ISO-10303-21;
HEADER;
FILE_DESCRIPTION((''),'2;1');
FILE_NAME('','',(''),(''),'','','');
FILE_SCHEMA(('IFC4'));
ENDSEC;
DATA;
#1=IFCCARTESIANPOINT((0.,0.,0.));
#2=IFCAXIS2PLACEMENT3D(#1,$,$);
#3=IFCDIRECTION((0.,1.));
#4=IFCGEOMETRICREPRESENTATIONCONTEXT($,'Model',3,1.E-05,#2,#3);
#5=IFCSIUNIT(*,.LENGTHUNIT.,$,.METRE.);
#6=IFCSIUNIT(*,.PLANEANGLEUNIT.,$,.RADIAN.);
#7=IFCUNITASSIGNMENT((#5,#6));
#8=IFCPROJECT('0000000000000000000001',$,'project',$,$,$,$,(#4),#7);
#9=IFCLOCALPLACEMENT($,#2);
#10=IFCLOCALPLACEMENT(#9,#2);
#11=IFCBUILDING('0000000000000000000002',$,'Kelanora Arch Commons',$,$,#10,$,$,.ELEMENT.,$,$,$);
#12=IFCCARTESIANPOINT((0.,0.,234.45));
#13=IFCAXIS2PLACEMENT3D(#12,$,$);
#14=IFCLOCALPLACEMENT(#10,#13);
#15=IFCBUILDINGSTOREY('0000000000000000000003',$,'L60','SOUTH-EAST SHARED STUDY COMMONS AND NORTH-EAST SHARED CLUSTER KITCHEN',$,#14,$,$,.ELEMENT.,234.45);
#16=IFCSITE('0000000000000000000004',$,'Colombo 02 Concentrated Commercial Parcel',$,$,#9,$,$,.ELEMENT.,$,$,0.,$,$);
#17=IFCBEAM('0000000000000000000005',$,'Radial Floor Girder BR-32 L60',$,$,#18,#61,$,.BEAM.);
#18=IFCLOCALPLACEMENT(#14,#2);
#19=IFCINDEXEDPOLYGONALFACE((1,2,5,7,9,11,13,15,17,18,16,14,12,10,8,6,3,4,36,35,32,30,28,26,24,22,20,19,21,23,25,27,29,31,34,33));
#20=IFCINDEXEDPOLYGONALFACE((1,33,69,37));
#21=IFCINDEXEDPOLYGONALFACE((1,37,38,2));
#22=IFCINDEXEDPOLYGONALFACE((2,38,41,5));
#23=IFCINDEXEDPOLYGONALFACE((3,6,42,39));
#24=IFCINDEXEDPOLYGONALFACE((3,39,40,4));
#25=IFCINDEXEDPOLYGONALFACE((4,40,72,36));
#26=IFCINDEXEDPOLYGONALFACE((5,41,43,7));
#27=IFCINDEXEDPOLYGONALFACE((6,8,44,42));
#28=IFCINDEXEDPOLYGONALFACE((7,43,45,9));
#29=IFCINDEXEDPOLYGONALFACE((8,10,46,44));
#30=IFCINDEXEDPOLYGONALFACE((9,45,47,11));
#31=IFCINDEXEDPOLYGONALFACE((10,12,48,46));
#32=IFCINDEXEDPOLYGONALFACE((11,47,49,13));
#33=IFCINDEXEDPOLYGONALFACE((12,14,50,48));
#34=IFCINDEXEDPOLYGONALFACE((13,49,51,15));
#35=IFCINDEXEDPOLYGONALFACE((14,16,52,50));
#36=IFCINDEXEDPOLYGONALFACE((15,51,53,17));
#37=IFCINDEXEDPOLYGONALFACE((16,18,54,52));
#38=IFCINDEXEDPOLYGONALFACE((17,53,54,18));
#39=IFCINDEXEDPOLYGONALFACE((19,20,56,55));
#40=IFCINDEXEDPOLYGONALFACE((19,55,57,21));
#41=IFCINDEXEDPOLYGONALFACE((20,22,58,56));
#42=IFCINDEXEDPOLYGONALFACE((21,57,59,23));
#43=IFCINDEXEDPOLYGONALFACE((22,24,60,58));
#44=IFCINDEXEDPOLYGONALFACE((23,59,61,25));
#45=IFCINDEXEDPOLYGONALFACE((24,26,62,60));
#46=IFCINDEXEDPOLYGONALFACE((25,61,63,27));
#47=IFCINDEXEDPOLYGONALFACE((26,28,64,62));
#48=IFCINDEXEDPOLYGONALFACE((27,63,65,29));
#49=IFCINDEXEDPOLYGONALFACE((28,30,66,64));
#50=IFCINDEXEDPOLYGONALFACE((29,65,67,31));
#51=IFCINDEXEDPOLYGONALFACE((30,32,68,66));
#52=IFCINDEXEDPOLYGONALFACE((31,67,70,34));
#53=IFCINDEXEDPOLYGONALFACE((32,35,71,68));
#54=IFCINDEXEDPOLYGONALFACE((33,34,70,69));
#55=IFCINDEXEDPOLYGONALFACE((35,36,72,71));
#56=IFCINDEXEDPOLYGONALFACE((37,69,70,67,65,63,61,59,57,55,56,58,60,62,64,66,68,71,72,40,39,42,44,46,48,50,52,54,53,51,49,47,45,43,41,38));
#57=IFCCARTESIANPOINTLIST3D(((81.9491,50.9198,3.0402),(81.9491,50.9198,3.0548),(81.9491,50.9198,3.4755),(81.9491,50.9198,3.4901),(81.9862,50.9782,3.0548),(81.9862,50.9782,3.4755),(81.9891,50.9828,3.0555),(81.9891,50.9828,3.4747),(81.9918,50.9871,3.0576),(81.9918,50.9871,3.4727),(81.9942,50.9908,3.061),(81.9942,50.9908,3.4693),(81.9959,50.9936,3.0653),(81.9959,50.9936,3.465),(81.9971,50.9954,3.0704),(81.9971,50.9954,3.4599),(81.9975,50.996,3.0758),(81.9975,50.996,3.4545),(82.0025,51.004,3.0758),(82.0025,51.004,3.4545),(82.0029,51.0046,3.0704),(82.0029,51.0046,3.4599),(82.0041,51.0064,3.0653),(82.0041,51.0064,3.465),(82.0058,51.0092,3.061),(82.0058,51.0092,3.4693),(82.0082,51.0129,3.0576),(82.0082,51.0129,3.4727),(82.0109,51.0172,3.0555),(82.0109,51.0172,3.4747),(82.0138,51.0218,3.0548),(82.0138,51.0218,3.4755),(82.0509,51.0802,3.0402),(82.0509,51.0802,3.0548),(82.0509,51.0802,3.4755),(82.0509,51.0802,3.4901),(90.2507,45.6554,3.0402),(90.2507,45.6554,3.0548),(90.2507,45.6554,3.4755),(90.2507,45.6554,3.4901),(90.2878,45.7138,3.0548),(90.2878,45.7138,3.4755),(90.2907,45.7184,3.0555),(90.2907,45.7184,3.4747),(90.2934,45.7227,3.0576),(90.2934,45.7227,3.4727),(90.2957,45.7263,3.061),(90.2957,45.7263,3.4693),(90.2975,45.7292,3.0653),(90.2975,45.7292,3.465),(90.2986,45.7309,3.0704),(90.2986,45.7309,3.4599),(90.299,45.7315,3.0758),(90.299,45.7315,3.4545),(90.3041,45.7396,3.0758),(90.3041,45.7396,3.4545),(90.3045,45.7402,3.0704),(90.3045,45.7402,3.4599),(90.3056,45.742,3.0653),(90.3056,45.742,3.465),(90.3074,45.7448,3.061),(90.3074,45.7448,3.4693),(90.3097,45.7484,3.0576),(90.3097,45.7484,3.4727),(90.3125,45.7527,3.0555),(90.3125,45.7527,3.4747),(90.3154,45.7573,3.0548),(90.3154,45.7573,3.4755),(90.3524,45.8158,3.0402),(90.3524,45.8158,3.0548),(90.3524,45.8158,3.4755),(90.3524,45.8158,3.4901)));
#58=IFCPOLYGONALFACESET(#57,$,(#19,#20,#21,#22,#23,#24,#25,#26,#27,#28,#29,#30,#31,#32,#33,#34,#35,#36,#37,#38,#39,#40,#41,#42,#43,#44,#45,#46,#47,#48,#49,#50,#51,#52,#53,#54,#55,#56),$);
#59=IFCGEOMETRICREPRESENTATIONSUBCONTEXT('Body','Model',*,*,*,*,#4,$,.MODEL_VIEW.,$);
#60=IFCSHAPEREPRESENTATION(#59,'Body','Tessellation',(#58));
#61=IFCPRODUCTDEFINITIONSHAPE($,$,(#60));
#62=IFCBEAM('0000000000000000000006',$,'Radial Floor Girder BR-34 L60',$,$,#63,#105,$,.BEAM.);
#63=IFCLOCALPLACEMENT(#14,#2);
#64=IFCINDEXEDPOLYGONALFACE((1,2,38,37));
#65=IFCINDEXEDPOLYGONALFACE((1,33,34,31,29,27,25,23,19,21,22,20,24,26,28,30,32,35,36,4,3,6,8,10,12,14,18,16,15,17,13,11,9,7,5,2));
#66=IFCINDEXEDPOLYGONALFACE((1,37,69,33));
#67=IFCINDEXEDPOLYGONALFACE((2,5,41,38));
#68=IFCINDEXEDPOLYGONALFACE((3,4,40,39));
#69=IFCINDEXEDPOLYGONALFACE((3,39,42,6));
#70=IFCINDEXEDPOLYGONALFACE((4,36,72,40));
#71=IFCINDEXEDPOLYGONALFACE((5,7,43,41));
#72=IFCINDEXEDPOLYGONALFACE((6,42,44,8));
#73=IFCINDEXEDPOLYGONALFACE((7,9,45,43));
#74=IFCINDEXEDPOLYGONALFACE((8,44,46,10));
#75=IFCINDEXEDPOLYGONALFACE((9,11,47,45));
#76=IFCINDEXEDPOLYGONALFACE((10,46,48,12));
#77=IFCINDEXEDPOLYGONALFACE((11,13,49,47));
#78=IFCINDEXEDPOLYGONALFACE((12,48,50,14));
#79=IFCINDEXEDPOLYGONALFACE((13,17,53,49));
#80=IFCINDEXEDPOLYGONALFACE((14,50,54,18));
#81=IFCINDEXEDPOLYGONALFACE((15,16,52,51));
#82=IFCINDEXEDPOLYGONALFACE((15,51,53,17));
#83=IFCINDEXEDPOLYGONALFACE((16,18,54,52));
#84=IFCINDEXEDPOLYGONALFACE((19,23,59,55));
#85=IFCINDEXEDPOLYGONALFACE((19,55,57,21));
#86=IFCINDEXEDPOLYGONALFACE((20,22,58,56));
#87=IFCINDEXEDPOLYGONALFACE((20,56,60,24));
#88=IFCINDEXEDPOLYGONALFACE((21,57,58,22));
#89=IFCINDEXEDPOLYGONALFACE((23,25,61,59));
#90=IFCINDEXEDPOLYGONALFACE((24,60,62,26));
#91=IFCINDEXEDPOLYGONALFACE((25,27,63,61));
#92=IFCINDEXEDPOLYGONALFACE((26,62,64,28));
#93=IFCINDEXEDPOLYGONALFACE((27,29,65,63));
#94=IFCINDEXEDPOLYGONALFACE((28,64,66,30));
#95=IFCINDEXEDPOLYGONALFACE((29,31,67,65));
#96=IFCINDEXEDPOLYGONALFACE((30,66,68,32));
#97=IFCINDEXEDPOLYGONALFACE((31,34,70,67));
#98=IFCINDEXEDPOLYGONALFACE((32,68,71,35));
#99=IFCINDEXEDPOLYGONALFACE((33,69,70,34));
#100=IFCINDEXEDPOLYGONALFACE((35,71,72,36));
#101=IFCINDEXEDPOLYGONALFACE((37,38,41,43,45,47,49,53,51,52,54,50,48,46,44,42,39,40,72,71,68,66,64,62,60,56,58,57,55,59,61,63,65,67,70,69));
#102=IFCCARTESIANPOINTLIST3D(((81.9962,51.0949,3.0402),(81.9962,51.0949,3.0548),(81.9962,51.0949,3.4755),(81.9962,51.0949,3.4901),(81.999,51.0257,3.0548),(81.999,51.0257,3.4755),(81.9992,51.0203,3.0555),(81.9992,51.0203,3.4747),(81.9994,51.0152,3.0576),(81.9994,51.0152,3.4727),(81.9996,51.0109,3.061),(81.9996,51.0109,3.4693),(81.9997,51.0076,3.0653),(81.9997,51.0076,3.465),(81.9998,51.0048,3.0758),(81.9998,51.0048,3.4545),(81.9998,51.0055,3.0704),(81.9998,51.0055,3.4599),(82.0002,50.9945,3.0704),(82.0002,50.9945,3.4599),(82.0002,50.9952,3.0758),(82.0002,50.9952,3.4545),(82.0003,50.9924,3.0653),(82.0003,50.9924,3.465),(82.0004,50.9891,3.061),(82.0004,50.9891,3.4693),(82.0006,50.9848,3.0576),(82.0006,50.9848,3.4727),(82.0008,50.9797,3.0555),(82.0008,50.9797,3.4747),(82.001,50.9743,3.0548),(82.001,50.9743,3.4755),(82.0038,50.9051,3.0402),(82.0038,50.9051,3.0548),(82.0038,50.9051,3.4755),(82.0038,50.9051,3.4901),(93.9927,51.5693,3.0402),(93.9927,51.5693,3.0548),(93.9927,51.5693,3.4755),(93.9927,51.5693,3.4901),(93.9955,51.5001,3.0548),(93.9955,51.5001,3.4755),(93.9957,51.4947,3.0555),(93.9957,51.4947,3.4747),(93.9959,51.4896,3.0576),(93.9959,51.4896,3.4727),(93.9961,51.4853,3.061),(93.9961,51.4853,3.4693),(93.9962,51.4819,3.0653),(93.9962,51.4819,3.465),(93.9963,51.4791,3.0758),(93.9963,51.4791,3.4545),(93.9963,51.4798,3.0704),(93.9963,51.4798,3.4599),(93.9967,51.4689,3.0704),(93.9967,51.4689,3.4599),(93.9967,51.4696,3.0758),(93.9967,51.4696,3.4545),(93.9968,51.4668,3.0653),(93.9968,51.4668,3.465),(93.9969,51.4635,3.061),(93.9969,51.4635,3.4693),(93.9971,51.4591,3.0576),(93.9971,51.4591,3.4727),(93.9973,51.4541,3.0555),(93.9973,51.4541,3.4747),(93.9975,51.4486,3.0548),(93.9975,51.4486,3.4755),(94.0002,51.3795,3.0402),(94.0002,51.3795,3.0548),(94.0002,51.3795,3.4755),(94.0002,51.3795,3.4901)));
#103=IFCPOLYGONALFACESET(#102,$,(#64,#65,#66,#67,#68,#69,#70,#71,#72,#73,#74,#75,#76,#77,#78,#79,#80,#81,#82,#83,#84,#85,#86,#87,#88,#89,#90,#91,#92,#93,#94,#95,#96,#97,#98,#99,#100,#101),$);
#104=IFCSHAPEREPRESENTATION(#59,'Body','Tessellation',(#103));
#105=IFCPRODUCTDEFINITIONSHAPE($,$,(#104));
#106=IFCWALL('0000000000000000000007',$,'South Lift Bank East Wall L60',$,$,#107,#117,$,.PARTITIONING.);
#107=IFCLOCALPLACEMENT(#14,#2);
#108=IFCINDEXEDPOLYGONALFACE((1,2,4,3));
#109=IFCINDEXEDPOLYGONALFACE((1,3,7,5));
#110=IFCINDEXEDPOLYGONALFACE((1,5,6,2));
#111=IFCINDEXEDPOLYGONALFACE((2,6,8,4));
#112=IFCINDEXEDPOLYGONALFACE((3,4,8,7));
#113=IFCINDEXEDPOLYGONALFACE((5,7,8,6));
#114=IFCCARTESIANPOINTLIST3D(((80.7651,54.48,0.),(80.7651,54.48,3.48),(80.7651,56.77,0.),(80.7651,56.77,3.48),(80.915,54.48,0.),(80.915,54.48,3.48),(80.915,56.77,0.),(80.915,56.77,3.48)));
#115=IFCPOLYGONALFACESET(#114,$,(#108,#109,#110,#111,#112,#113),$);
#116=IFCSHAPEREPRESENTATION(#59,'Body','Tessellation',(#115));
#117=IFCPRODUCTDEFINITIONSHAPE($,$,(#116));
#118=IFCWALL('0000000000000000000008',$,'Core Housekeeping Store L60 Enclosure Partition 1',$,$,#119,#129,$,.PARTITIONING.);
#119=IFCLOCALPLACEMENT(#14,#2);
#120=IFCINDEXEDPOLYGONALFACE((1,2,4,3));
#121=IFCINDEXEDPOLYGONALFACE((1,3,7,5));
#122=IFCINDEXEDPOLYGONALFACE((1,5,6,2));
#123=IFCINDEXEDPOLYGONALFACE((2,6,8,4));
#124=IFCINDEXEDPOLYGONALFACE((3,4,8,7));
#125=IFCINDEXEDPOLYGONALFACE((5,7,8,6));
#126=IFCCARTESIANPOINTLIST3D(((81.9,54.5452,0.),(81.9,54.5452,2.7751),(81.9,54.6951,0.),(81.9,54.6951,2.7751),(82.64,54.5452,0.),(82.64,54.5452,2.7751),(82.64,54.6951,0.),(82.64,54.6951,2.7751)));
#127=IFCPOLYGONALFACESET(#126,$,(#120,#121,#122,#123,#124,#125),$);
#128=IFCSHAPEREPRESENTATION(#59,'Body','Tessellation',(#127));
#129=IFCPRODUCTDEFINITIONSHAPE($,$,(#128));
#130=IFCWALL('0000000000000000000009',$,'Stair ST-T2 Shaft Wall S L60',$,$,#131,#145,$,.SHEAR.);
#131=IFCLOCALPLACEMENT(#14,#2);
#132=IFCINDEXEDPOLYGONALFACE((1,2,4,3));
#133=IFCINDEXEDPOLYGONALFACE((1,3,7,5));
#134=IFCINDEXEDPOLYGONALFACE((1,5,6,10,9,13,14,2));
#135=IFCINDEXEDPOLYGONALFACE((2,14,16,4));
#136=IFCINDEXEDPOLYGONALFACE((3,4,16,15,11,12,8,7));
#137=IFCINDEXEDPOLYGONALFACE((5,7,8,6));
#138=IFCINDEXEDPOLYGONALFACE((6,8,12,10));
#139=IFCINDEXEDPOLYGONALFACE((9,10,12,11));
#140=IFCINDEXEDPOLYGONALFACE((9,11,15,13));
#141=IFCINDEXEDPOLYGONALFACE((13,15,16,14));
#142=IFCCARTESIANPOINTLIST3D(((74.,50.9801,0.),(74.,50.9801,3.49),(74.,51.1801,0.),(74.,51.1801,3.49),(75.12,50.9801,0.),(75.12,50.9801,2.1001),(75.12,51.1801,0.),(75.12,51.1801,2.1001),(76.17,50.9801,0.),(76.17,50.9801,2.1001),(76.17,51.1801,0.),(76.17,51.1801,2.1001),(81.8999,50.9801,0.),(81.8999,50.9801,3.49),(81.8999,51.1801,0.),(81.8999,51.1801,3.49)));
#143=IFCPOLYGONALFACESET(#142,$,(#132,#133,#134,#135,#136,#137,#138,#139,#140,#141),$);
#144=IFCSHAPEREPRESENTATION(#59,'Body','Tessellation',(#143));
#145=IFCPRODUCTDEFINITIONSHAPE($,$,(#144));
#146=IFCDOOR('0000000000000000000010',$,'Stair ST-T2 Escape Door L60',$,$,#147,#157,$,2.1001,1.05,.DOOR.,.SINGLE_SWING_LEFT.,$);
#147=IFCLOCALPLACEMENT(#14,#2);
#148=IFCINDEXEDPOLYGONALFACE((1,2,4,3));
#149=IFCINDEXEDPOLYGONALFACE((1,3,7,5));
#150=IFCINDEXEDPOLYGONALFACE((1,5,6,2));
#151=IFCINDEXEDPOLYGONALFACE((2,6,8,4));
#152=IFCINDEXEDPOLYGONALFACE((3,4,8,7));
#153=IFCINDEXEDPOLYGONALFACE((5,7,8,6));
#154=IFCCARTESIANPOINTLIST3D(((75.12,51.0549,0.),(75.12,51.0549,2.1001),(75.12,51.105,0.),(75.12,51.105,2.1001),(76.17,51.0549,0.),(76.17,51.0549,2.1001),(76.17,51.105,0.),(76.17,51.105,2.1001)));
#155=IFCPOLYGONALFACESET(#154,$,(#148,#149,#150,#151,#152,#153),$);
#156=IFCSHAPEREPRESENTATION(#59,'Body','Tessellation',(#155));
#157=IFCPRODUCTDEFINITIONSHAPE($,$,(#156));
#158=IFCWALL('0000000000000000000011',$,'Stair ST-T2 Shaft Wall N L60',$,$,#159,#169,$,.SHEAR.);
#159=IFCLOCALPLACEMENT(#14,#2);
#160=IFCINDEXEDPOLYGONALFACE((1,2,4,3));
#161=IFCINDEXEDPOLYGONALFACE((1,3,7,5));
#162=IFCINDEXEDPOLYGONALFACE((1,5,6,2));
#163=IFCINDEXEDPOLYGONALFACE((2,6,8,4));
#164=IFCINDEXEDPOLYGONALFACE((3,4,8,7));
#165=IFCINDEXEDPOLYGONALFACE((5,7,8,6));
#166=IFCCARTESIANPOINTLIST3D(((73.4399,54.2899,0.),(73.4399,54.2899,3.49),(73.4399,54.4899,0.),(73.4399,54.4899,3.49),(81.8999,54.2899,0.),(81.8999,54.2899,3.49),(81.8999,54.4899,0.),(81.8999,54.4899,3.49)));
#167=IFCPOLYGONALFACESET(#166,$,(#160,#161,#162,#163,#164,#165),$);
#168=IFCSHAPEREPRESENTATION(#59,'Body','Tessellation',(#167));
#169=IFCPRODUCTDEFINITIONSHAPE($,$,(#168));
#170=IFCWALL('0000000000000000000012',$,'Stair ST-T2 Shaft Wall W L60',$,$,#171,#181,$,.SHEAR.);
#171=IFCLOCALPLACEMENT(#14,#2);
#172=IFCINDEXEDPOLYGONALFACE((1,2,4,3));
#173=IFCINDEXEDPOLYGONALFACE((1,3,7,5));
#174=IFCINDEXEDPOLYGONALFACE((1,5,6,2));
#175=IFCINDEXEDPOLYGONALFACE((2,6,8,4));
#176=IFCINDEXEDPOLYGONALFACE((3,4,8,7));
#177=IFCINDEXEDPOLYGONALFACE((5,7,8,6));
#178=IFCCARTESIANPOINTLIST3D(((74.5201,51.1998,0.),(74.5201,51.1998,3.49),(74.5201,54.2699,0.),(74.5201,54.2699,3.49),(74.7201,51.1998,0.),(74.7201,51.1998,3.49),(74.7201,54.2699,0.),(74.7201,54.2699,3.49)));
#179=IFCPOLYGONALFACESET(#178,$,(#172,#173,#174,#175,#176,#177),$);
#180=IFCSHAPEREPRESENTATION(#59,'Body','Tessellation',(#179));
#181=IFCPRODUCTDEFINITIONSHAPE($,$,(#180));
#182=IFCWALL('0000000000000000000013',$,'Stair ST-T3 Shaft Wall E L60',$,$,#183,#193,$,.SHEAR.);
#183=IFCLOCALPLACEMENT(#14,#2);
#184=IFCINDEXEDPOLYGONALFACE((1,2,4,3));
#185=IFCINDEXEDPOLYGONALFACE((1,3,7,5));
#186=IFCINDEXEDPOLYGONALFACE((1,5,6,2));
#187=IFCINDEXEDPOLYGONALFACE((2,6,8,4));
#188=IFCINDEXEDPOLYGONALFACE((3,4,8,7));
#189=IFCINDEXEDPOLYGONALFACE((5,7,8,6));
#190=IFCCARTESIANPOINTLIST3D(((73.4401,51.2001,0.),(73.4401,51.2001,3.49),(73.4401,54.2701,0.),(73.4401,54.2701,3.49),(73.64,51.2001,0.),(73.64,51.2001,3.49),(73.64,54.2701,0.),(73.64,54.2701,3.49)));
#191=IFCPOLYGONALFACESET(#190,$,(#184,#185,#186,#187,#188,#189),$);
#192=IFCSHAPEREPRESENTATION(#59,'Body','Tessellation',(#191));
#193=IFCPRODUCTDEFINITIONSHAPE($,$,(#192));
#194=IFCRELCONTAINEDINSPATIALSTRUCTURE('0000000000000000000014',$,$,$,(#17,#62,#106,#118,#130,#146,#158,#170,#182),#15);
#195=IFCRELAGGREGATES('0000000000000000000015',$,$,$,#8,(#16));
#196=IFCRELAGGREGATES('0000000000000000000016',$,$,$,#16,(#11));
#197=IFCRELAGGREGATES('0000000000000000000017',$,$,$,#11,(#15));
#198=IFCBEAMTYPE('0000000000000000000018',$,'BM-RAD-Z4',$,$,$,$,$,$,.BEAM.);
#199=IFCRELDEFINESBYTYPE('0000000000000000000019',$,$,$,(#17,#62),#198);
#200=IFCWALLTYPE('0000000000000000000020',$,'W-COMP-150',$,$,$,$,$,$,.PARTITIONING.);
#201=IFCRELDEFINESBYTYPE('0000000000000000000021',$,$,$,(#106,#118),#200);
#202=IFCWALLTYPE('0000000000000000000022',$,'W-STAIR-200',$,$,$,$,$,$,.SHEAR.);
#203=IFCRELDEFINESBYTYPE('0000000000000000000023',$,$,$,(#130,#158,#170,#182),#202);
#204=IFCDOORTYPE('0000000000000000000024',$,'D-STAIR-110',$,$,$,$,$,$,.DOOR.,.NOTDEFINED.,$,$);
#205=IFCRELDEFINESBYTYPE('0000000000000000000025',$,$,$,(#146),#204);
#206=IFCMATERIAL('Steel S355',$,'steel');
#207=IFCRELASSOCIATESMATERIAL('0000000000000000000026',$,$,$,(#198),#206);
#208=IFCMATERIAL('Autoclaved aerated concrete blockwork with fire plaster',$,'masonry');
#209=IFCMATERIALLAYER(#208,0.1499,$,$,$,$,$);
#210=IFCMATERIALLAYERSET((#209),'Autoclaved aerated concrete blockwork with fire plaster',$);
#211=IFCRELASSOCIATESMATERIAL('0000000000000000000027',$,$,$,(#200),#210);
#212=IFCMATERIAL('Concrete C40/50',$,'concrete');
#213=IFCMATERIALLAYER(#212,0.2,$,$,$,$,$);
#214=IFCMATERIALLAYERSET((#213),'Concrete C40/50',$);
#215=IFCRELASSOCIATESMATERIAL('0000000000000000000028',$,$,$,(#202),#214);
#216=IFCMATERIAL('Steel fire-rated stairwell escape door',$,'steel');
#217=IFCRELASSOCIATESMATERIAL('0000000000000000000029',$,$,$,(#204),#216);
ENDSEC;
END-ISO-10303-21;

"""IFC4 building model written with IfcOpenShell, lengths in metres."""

from ifc_helpers import new_model, si_unit, direction, frame, frame_2d, origin, origin_2d, place, context, subcontext, project, spatial, rectangle, i_section, extrude, material, layer, layer_set, material_profile, profile_set, type_object, element, fill, save


model = new_model("IFC4")

# Units and contexts
model_context = context("Model", 3, precision=1e-05, world=origin(), true_north=direction((0.0, 1.0)))
body_context = subcontext(model_context, "Body", "Model", "MODEL_VIEW")
ifc_project = project(units=[si_unit("LENGTHUNIT", "METRE"), si_unit("PLANEANGLEUNIT", "RADIAN")], contexts=[model_context])

# Site, building, storey
site_placement = place(None, origin())
site = spatial("IfcSite", under=ifc_project, at=site_placement, Name="Colombo 02 Concentrated Commercial Parcel", CompositionType="ELEMENT", RefElevation=0.0)
building_placement = place(site_placement, origin())
building = spatial("IfcBuilding", under=site, at=building_placement, Name="Kelanora Arch Commons", CompositionType="ELEMENT")
storey_placement = place(building_placement, frame((0.0, 0.0, 234.45)))
storey = spatial("IfcBuildingStorey", under=building, at=storey_placement, Name="L60", Description="SOUTH-EAST SHARED STUDY COMMONS AND NORTH-EAST SHARED CLUSTER KITCHEN", CompositionType="ELEMENT", Elevation=234.45)

# Beams
ifc_material_1 = material(Name="Steel S355", Category="steel")
ifc_material_profile_1 = material_profile(ifc_material_1, i_section(OverallWidth=0.1899, OverallDepth=0.45, WebThickness=0.0095, FlangeThickness=0.0146, FilletRadius=0.021, at=origin_2d()), Name="IPE450")
ifc_profile_set_1 = profile_set([ifc_material_profile_1], Name="Steel S355")
beam_type_1 = type_object("IfcBeamType", Name="BM-RAD-Z4", PredefinedType="BEAM", material=ifc_profile_set_1)
beam_1_placement = place(storey_placement, frame((82.0, 51.0, 3.2651), z_axis=(0.844507, -0.535544, 0.0), x_axis=(0.535544, 0.844507, 0.0)))
element("IfcBeam", 1, at=beam_1_placement, inside=storey, type_object=beam_type_1, Name="Radial Floor Girder BR-32 L60", PredefinedType="BEAM", context=body_context, shape_type="SweptSolid", body=[
    extrude(i_section(OverallWidth=0.1899, OverallDepth=0.45, WebThickness=0.0095, FlangeThickness=0.0146, FilletRadius=0.021, at=origin_2d()), origin(), (0.0, 0.0, 1.0), 9.8301),
])
beam_2_placement = place(storey_placement, frame((82.0, 51.0, 3.2651), z_axis=(0.999219, 0.039511, 0.0), x_axis=(-0.039511, 0.999219, 0.0)))
element("IfcBeam", 2, at=beam_2_placement, inside=storey, type_object=beam_type_1, Name="Radial Floor Girder BR-34 L60", PredefinedType="BEAM", context=body_context, shape_type="SweptSolid", body=[
    extrude(i_section(OverallWidth=0.1899, OverallDepth=0.45, WebThickness=0.0095, FlangeThickness=0.0146, FilletRadius=0.021, at=origin_2d()), origin(), (0.0, 0.0, 1.0), 12.0059),
])

# Walls
ifc_material_2 = material(Name="Autoclaved aerated concrete blockwork with fire plaster", Category="masonry")
ifc_layer_1 = layer(ifc_material_2, 0.1499)
ifc_layer_set_1 = layer_set([ifc_layer_1], Name="Autoclaved aerated concrete blockwork with fire plaster")
wall_type_1 = type_object("IfcWallType", Name="W-COMP-150", PredefinedType="PARTITIONING", material=ifc_layer_set_1)
wall_1_placement = place(storey_placement, frame((80.8401, 54.48, 0.0), z_axis=(0.0, 0.0, 1.0), x_axis=(0.0, 1.0, 0.0)))
element("IfcWall", 3, at=wall_1_placement, inside=storey, type_object=wall_type_1, Name="South Lift Bank East Wall L60", PredefinedType="PARTITIONING", context=body_context, shape_type="SweptSolid", body=[
    extrude(rectangle(XDim=2.29, YDim=0.1499, at=frame_2d((1.145, 0.0))), origin(), (0.0, 0.0, 1.0), 3.48),
])
wall_2_placement = place(storey_placement, frame((81.8999, 54.6201, 0.0), z_axis=(0.0, 0.0, 1.0), x_axis=(1.0, 0.0, 0.0)))
element("IfcWall", 4, at=wall_2_placement, inside=storey, type_object=wall_type_1, Name="Core Housekeeping Store L60 Enclosure Partition 1", PredefinedType="PARTITIONING", context=body_context, shape_type="SweptSolid", body=[
    extrude(rectangle(XDim=0.74, YDim=0.1499, at=frame_2d((0.3701, 0.0))), origin(), (0.0, 0.0, 1.0), 2.7751),
])

# Wall, opening, door
ifc_material_3 = material(Name="Concrete C40/50", Category="concrete")
ifc_layer_2 = layer(ifc_material_3, 0.2)
ifc_layer_set_2 = layer_set([ifc_layer_2], Name="Concrete C40/50")
wall_type_2 = type_object("IfcWallType", Name="W-STAIR-200", PredefinedType="SHEAR", material=ifc_layer_set_2)
wall_3_placement = place(storey_placement, frame((74.0, 51.0801, 0.0), z_axis=(0.0, 0.0, 1.0), x_axis=(1.0, 0.0, 0.0)))
wall_3 = element("IfcWall", 5, at=wall_3_placement, inside=storey, type_object=wall_type_2, Name="Stair ST-T2 Shaft Wall S L60", PredefinedType="SHEAR", context=body_context, shape_type="SweptSolid", body=[
    extrude(rectangle(XDim=7.8999, YDim=0.2, at=frame_2d((3.95, 0.0))), origin(), (0.0, 0.0, 1.0), 3.49),
])
opening_placement = place(wall_3_placement, frame((1.1201, 0.0, 0.0)))
opening = element("IfcOpeningElement", 6, at=opening_placement, cuts=wall_3, PredefinedType="OPENING", context=body_context, shape_type="SweptSolid", body=[
    extrude(rectangle(XDim=1.05, YDim=2.1001, at=frame_2d((0.5249, 1.05))), frame((0.0, 0.1099, 0.0), z_axis=(0.0, -1.0, 0.0), x_axis=(1.0, 0.0, 0.0)), (0.0, 0.0, 1.0), 0.22),
])
ifc_material_4 = material(Name="Steel fire-rated stairwell escape door", Category="steel")
door_type = type_object("IfcDoorType", Name="D-STAIR-110", OperationType="NOTDEFINED", PredefinedType="DOOR", material=ifc_material_4)
door_placement = place(opening_placement, origin())
door = element("IfcDoor", 7, at=door_placement, inside=storey, type_object=door_type, Name="Stair ST-T2 Escape Door L60", OperationType="SINGLE_SWING_LEFT", OverallHeight=2.1001, OverallWidth=1.05, PredefinedType="DOOR", context=body_context, shape_type="SweptSolid", body=[
    extrude(rectangle(XDim=1.05, YDim=2.1001, at=frame_2d((0.5249, 1.05))), frame((0.0, 0.0249, 0.0), z_axis=(0.0, -1.0, 0.0), x_axis=(1.0, 0.0, 0.0)), (0.0, 0.0, 1.0), 0.05),
])
fill(opening, door)

# Walls
wall_4_placement = place(storey_placement, frame((81.8999, 54.3899, 0.0), z_axis=(0.0, 0.0, 1.0), x_axis=(-1.0, 0.0, 0.0)))
element("IfcWall", 8, at=wall_4_placement, inside=storey, type_object=wall_type_2, Name="Stair ST-T2 Shaft Wall N L60", PredefinedType="SHEAR", context=body_context, shape_type="SweptSolid", body=[
    extrude(rectangle(XDim=8.46, YDim=0.2, at=frame_2d((4.23, 0.0))), origin(), (0.0, 0.0, 1.0), 3.49),
])
for number, where, z_axis, x_axis, name in (
    (9, (74.6201, 54.27, 0.0), (0.0, 0.0, 1.0), (0.0, -1.0, 0.0), "Stair ST-T2 Shaft Wall W L60"),
    (10, (73.54, 51.2, 0.0), (0.0, 0.0, 1.0), (0.0, 1.0, 0.0), "Stair ST-T3 Shaft Wall E L60"),
):
    element("IfcWall", number, at=place(storey_placement, frame(where, z_axis=z_axis, x_axis=x_axis)), inside=storey, type_object=wall_type_2, Name=name, PredefinedType="SHEAR", context=body_context, shape_type="SweptSolid", body=[
        extrude(rectangle(XDim=3.0701, YDim=0.2, at=frame_2d((1.5352, 0.0))), origin(), (0.0, 0.0, 1.0), 3.49),
    ])

save(model, "model.ifc")
